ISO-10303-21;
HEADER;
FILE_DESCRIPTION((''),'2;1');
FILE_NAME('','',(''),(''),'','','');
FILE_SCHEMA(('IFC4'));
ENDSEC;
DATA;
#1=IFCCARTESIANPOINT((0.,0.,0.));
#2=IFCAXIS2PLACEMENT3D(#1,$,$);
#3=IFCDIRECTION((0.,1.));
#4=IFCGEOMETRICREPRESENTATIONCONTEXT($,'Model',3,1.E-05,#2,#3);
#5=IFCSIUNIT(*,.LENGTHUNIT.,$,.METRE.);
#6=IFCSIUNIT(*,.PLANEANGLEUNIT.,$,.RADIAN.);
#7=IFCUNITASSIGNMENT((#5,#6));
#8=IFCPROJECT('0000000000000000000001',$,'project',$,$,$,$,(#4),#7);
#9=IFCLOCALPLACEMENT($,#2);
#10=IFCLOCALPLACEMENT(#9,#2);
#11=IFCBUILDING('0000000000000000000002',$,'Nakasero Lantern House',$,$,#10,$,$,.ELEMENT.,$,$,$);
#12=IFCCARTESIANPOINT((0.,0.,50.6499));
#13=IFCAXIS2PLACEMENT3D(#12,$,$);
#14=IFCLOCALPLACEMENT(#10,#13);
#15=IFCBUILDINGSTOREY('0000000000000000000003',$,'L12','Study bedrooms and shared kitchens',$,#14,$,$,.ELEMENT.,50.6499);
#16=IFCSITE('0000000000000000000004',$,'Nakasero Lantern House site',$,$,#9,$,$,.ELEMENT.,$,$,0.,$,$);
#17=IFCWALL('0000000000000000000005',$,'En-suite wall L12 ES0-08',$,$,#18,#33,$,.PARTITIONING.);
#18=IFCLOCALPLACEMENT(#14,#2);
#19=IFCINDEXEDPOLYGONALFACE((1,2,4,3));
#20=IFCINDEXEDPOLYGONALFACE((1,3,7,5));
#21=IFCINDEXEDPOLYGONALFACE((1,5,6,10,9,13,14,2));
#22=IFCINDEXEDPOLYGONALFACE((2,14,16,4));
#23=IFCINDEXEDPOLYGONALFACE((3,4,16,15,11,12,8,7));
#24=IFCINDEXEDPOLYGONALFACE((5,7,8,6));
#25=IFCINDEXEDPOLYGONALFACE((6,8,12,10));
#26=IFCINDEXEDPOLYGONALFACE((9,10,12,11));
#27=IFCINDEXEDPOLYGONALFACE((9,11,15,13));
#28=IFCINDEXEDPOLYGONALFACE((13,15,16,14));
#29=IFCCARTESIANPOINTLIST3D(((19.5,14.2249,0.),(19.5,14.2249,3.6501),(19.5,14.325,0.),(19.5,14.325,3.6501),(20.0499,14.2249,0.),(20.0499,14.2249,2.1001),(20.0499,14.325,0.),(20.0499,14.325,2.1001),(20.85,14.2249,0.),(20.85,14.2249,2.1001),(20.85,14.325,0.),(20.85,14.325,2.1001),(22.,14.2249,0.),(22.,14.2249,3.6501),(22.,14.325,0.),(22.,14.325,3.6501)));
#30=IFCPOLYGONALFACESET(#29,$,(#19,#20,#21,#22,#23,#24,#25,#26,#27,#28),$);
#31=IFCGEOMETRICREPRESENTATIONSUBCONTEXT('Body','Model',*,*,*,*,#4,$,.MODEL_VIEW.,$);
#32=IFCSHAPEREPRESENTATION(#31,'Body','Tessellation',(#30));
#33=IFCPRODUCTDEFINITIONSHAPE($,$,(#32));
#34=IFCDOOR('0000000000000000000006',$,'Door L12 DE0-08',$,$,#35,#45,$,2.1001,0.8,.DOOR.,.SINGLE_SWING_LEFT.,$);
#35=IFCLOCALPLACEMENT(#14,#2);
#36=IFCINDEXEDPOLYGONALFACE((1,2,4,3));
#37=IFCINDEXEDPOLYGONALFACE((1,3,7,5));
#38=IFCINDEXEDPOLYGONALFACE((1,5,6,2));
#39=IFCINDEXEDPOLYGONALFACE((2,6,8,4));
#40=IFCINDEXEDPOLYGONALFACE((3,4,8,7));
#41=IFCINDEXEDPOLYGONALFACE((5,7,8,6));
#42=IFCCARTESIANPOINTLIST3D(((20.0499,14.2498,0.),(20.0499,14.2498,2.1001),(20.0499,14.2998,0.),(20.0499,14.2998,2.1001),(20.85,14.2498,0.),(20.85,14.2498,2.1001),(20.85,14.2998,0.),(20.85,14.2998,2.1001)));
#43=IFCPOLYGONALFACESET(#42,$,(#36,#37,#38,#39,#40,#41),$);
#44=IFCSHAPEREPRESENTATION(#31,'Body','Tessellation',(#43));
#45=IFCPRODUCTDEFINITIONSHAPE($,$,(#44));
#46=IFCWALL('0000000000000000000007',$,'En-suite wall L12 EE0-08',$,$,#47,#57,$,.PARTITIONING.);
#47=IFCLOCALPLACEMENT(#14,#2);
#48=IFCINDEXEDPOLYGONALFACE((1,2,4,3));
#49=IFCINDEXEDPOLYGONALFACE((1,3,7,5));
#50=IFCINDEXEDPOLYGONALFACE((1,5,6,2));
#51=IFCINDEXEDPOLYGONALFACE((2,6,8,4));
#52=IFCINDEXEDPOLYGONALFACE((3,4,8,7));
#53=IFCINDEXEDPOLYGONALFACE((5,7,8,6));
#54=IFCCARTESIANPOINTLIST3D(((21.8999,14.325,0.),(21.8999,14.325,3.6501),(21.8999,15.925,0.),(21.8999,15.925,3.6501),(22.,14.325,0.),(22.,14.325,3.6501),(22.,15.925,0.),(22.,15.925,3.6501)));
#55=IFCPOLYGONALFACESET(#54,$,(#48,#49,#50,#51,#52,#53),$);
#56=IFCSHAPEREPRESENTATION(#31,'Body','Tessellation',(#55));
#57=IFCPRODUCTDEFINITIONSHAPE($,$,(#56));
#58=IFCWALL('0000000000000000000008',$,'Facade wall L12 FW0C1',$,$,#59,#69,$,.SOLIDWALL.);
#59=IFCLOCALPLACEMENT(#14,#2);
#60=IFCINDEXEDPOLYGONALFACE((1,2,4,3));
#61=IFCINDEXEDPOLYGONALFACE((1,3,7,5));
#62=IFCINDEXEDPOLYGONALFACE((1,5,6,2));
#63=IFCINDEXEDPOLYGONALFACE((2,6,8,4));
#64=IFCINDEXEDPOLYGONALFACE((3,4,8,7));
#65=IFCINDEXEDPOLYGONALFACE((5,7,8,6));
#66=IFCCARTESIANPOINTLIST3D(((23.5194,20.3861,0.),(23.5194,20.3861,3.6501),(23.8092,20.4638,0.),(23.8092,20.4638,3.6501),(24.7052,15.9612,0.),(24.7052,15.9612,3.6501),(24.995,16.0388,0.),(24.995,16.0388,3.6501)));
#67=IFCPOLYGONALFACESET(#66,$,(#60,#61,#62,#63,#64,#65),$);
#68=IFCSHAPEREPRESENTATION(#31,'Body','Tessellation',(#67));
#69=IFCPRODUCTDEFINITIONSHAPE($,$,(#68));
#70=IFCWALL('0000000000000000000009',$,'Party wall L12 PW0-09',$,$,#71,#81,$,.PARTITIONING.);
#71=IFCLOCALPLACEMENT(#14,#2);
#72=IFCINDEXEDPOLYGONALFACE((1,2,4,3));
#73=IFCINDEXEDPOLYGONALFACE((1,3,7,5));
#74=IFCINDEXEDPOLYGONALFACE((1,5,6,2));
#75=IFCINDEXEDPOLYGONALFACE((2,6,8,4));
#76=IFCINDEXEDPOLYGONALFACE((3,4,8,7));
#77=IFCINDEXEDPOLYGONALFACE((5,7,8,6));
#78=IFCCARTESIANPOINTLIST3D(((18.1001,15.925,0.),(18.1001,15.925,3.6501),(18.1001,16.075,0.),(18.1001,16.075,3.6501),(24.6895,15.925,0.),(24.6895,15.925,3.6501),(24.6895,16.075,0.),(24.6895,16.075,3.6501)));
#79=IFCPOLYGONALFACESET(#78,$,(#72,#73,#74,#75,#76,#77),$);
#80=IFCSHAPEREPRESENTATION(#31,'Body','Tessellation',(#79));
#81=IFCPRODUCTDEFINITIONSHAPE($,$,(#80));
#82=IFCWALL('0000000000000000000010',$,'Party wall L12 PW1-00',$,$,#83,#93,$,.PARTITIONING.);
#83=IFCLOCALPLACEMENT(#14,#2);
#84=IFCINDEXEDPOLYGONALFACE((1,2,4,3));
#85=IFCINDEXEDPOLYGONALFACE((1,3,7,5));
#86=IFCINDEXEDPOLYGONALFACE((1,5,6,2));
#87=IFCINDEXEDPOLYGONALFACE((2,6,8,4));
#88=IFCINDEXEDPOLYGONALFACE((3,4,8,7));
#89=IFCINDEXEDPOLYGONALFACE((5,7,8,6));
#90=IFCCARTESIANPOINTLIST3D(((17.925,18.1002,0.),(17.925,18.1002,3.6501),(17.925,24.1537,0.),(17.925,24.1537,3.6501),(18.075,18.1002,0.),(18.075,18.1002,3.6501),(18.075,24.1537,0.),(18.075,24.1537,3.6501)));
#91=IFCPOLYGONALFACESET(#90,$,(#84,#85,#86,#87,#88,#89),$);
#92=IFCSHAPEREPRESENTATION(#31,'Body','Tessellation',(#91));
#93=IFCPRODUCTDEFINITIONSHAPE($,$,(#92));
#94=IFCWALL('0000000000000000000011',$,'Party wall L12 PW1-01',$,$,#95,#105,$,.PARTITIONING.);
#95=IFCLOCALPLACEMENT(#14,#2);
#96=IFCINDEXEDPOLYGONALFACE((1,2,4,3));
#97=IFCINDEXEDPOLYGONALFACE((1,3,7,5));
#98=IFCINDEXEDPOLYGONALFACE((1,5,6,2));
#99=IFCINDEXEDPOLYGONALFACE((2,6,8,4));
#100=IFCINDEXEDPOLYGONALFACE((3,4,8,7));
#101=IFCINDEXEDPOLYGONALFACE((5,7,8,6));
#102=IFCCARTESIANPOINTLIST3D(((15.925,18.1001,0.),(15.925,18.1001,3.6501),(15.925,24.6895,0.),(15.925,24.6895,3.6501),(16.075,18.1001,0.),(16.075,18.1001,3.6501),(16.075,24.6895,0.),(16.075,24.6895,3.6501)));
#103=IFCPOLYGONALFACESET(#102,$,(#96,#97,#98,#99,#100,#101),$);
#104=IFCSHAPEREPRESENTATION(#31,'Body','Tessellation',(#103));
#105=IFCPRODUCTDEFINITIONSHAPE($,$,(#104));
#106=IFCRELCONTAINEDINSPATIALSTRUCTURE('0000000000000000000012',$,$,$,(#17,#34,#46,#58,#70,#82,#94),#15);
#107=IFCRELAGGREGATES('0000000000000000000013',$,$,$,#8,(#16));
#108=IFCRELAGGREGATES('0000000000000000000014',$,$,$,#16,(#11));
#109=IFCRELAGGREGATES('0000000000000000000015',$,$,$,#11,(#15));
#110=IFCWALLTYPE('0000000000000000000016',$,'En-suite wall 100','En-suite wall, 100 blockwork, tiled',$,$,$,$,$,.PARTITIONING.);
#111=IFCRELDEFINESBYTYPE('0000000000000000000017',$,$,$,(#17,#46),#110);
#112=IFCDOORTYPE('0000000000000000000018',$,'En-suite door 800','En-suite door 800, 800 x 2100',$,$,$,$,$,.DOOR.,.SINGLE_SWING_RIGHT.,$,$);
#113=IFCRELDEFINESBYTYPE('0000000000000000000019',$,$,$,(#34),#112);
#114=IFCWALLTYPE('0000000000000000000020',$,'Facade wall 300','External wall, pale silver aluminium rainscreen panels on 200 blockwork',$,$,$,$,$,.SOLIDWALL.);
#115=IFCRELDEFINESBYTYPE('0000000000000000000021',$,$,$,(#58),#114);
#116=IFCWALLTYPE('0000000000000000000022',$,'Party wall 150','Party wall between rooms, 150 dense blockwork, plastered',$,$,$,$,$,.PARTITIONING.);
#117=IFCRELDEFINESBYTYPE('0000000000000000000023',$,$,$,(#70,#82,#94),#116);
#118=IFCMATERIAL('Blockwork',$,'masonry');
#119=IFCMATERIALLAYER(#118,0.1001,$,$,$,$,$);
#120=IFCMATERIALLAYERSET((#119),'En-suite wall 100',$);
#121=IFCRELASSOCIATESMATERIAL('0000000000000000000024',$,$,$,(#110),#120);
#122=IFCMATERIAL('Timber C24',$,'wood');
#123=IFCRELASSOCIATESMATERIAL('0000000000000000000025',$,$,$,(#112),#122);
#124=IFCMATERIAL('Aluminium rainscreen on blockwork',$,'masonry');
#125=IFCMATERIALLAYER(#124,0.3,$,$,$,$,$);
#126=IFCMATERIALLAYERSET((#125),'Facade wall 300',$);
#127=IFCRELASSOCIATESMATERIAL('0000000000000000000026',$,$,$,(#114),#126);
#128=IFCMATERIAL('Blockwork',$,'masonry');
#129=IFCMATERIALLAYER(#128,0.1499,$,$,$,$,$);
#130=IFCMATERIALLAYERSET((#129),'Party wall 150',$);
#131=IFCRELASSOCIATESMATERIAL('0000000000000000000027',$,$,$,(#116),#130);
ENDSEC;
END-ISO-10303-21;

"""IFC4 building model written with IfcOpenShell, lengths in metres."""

from ifc_helpers import new_model, si_unit, direction, frame, frame_2d, origin, place, context, subcontext, project, spatial, rectangle, extrude, material, layer, layer_set, type_object, element, fill, save


model = new_model("IFC4")

# Units and contexts
model_context = context("Model", 3, precision=1e-05, world=origin(), true_north=direction((0.0, 1.0)))
body_context = subcontext(model_context, "Body", "Model", "MODEL_VIEW")
ifc_project = project(units=[si_unit("LENGTHUNIT", "METRE"), si_unit("PLANEANGLEUNIT", "RADIAN")], contexts=[model_context])

# Site, building, storey
site_placement = place(None, origin())
site = spatial("IfcSite", under=ifc_project, at=site_placement, Name="Nakasero Lantern House site", CompositionType="ELEMENT", RefElevation=0.0)
building_placement = place(site_placement, origin())
building = spatial("IfcBuilding", under=site, at=building_placement, Name="Nakasero Lantern House", CompositionType="ELEMENT")
storey_placement = place(building_placement, frame((0.0, 0.0, 50.6499)))
storey = spatial("IfcBuildingStorey", under=building, at=storey_placement, Name="L12", Description="Study bedrooms and shared kitchens", CompositionType="ELEMENT", Elevation=50.6499)

# Wall, opening, door
ifc_material_1 = material(Name="Blockwork", Category="masonry")
ifc_layer_1 = layer(ifc_material_1, 0.1001)
ifc_layer_set_1 = layer_set([ifc_layer_1], Name="En-suite wall 100")
wall_type_1 = type_object("IfcWallType", Name="En-suite wall 100", Description="En-suite wall, 100 blockwork, tiled", PredefinedType="PARTITIONING", material=ifc_layer_set_1)
wall_1_placement = place(storey_placement, frame((19.5, 14.2749, 0.0), z_axis=(0.0, 0.0, 1.0), x_axis=(1.0, 0.0, 0.0)))
wall_1 = element("IfcWall", 1, at=wall_1_placement, inside=storey, type_object=wall_type_1, Name="En-suite wall L12 ES0-08", PredefinedType="PARTITIONING", context=body_context, shape_type="SweptSolid", body=[
    extrude(rectangle(XDim=2.5, YDim=0.1001, at=frame_2d((1.25, 0.0))), origin(), (0.0, 0.0, 1.0), 3.6501),
])
opening_1_placement = place(wall_1_placement, frame((0.55, 0.0, 0.0)))
opening_1 = element("IfcOpeningElement", 2, at=opening_1_placement, cuts=wall_1, PredefinedType="OPENING", context=body_context, shape_type="SweptSolid", body=[
    extrude(rectangle(XDim=0.8, YDim=2.1001, at=frame_2d((0.3999, 1.05))), frame((0.0, 0.0701, 0.0), z_axis=(0.0, -1.0, 0.0), x_axis=(1.0, 0.0, 0.0)), (0.0, 0.0, 1.0), 0.1401),
])
ifc_material_2 = material(Name="Timber C24", Category="wood")
door_type_1 = type_object("IfcDoorType", Name="En-suite door 800", Description="En-suite door 800, 800 x 2100", OperationType="SINGLE_SWING_RIGHT", PredefinedType="DOOR", material=ifc_material_2)
door_1_placement = place(opening_1_placement, origin())
door_1 = element("IfcDoor", 3, at=door_1_placement, inside=storey, type_object=door_type_1, Name="Door L12 DE0-08", OperationType="SINGLE_SWING_LEFT", OverallHeight=2.1001, OverallWidth=0.8, PredefinedType="DOOR", context=body_context, shape_type="SweptSolid", body=[
    extrude(rectangle(XDim=0.8, YDim=2.1001, at=frame_2d((0.3999, 1.05))), frame((0.0, 0.0249, 0.0), z_axis=(0.0, -1.0, 0.0), x_axis=(1.0, 0.0, 0.0)), (0.0, 0.0, 1.0), 0.05),
])
fill(opening_1, door_1)

# Walls
wall_2_placement = place(storey_placement, frame((21.95, 14.325, 0.0), z_axis=(0.0, 0.0, 1.0), x_axis=(0.0, 1.0, 0.0)))
element("IfcWall", 4, at=wall_2_placement, inside=storey, type_object=wall_type_1, Name="En-suite wall L12 EE0-08", PredefinedType="PARTITIONING", context=body_context, shape_type="SweptSolid", body=[
    extrude(rectangle(XDim=1.6001, YDim=0.1001, at=frame_2d((0.8, 0.0))), origin(), (0.0, 0.0, 1.0), 3.6501),
])
ifc_material_3 = material(Name="Aluminium rainscreen on blockwork", Category="masonry")
ifc_layer_2 = layer(ifc_material_3, 0.3)
ifc_layer_set_2 = layer_set([ifc_layer_2], Name="Facade wall 300")
wall_type_2 = type_object("IfcWallType", Name="Facade wall 300", Description="External wall, pale silver aluminium rainscreen panels on 200 blockwork", PredefinedType="SOLIDWALL", material=ifc_layer_set_2)
wall_3_placement = place(storey_placement, frame((24.8501, 16.0, 0.0), z_axis=(0.0, 0.0, 1.0), x_axis=(-0.25884, 0.96592, 0.0)))
element("IfcWall", 5, at=wall_3_placement, inside=storey, type_object=wall_type_2, Name="Facade wall L12 FW0C1", PredefinedType="SOLIDWALL", context=body_context, shape_type="SweptSolid", body=[
    extrude(rectangle(XDim=4.5811, YDim=0.3, at=frame_2d((2.2905, 0.0))), origin(), (0.0, 0.0, 1.0), 3.6501),
])
ifc_material_4 = material(Name="Blockwork", Category="masonry")
ifc_layer_3 = layer(ifc_material_4, 0.1499)
ifc_layer_set_3 = layer_set([ifc_layer_3], Name="Party wall 150")
wall_type_3 = type_object("IfcWallType", Name="Party wall 150", Description="Party wall between rooms, 150 dense blockwork, plastered", PredefinedType="PARTITIONING", material=ifc_layer_set_3)
wall_4_placement = place(storey_placement, frame((18.1001, 16.0, 0.0), z_axis=(0.0, 0.0, 1.0), x_axis=(1.0, 0.0, 0.0)))
element("IfcWall", 6, at=wall_4_placement, inside=storey, type_object=wall_type_3, Name="Party wall L12 PW0-09", PredefinedType="PARTITIONING", context=body_context, shape_type="SweptSolid", body=[
    extrude(rectangle(XDim=6.5894, YDim=0.1499, at=frame_2d((3.2947, 0.0))), origin(), (0.0, 0.0, 1.0), 3.6501),
])
wall_5_placement = place(storey_placement, frame((18.0, 18.1001, 0.0), z_axis=(0.0, 0.0, 1.0), x_axis=(0.0, 1.0, 0.0)))
element("IfcWall", 7, at=wall_5_placement, inside=storey, type_object=wall_type_3, Name="Party wall L12 PW1-00", PredefinedType="PARTITIONING", context=body_context, shape_type="SweptSolid", body=[
    extrude(rectangle(XDim=6.0535, YDim=0.1499, at=frame_2d((3.0269, 0.0))), origin(), (0.0, 0.0, 1.0), 3.6501),
])
wall_6_placement = place(storey_placement, frame((16.0, 18.1001, 0.0), z_axis=(0.0, 0.0, 1.0), x_axis=(0.0, 1.0, 0.0)))
element("IfcWall", 8, at=wall_6_placement, inside=storey, type_object=wall_type_3, Name="Party wall L12 PW1-01", PredefinedType="PARTITIONING", context=body_context, shape_type="SweptSolid", body=[
    extrude(rectangle(XDim=6.5894, YDim=0.1499, at=frame_2d((3.2947, 0.0))), origin(), (0.0, 0.0, 1.0), 3.6501),
])

save(model, "model.ifc")
